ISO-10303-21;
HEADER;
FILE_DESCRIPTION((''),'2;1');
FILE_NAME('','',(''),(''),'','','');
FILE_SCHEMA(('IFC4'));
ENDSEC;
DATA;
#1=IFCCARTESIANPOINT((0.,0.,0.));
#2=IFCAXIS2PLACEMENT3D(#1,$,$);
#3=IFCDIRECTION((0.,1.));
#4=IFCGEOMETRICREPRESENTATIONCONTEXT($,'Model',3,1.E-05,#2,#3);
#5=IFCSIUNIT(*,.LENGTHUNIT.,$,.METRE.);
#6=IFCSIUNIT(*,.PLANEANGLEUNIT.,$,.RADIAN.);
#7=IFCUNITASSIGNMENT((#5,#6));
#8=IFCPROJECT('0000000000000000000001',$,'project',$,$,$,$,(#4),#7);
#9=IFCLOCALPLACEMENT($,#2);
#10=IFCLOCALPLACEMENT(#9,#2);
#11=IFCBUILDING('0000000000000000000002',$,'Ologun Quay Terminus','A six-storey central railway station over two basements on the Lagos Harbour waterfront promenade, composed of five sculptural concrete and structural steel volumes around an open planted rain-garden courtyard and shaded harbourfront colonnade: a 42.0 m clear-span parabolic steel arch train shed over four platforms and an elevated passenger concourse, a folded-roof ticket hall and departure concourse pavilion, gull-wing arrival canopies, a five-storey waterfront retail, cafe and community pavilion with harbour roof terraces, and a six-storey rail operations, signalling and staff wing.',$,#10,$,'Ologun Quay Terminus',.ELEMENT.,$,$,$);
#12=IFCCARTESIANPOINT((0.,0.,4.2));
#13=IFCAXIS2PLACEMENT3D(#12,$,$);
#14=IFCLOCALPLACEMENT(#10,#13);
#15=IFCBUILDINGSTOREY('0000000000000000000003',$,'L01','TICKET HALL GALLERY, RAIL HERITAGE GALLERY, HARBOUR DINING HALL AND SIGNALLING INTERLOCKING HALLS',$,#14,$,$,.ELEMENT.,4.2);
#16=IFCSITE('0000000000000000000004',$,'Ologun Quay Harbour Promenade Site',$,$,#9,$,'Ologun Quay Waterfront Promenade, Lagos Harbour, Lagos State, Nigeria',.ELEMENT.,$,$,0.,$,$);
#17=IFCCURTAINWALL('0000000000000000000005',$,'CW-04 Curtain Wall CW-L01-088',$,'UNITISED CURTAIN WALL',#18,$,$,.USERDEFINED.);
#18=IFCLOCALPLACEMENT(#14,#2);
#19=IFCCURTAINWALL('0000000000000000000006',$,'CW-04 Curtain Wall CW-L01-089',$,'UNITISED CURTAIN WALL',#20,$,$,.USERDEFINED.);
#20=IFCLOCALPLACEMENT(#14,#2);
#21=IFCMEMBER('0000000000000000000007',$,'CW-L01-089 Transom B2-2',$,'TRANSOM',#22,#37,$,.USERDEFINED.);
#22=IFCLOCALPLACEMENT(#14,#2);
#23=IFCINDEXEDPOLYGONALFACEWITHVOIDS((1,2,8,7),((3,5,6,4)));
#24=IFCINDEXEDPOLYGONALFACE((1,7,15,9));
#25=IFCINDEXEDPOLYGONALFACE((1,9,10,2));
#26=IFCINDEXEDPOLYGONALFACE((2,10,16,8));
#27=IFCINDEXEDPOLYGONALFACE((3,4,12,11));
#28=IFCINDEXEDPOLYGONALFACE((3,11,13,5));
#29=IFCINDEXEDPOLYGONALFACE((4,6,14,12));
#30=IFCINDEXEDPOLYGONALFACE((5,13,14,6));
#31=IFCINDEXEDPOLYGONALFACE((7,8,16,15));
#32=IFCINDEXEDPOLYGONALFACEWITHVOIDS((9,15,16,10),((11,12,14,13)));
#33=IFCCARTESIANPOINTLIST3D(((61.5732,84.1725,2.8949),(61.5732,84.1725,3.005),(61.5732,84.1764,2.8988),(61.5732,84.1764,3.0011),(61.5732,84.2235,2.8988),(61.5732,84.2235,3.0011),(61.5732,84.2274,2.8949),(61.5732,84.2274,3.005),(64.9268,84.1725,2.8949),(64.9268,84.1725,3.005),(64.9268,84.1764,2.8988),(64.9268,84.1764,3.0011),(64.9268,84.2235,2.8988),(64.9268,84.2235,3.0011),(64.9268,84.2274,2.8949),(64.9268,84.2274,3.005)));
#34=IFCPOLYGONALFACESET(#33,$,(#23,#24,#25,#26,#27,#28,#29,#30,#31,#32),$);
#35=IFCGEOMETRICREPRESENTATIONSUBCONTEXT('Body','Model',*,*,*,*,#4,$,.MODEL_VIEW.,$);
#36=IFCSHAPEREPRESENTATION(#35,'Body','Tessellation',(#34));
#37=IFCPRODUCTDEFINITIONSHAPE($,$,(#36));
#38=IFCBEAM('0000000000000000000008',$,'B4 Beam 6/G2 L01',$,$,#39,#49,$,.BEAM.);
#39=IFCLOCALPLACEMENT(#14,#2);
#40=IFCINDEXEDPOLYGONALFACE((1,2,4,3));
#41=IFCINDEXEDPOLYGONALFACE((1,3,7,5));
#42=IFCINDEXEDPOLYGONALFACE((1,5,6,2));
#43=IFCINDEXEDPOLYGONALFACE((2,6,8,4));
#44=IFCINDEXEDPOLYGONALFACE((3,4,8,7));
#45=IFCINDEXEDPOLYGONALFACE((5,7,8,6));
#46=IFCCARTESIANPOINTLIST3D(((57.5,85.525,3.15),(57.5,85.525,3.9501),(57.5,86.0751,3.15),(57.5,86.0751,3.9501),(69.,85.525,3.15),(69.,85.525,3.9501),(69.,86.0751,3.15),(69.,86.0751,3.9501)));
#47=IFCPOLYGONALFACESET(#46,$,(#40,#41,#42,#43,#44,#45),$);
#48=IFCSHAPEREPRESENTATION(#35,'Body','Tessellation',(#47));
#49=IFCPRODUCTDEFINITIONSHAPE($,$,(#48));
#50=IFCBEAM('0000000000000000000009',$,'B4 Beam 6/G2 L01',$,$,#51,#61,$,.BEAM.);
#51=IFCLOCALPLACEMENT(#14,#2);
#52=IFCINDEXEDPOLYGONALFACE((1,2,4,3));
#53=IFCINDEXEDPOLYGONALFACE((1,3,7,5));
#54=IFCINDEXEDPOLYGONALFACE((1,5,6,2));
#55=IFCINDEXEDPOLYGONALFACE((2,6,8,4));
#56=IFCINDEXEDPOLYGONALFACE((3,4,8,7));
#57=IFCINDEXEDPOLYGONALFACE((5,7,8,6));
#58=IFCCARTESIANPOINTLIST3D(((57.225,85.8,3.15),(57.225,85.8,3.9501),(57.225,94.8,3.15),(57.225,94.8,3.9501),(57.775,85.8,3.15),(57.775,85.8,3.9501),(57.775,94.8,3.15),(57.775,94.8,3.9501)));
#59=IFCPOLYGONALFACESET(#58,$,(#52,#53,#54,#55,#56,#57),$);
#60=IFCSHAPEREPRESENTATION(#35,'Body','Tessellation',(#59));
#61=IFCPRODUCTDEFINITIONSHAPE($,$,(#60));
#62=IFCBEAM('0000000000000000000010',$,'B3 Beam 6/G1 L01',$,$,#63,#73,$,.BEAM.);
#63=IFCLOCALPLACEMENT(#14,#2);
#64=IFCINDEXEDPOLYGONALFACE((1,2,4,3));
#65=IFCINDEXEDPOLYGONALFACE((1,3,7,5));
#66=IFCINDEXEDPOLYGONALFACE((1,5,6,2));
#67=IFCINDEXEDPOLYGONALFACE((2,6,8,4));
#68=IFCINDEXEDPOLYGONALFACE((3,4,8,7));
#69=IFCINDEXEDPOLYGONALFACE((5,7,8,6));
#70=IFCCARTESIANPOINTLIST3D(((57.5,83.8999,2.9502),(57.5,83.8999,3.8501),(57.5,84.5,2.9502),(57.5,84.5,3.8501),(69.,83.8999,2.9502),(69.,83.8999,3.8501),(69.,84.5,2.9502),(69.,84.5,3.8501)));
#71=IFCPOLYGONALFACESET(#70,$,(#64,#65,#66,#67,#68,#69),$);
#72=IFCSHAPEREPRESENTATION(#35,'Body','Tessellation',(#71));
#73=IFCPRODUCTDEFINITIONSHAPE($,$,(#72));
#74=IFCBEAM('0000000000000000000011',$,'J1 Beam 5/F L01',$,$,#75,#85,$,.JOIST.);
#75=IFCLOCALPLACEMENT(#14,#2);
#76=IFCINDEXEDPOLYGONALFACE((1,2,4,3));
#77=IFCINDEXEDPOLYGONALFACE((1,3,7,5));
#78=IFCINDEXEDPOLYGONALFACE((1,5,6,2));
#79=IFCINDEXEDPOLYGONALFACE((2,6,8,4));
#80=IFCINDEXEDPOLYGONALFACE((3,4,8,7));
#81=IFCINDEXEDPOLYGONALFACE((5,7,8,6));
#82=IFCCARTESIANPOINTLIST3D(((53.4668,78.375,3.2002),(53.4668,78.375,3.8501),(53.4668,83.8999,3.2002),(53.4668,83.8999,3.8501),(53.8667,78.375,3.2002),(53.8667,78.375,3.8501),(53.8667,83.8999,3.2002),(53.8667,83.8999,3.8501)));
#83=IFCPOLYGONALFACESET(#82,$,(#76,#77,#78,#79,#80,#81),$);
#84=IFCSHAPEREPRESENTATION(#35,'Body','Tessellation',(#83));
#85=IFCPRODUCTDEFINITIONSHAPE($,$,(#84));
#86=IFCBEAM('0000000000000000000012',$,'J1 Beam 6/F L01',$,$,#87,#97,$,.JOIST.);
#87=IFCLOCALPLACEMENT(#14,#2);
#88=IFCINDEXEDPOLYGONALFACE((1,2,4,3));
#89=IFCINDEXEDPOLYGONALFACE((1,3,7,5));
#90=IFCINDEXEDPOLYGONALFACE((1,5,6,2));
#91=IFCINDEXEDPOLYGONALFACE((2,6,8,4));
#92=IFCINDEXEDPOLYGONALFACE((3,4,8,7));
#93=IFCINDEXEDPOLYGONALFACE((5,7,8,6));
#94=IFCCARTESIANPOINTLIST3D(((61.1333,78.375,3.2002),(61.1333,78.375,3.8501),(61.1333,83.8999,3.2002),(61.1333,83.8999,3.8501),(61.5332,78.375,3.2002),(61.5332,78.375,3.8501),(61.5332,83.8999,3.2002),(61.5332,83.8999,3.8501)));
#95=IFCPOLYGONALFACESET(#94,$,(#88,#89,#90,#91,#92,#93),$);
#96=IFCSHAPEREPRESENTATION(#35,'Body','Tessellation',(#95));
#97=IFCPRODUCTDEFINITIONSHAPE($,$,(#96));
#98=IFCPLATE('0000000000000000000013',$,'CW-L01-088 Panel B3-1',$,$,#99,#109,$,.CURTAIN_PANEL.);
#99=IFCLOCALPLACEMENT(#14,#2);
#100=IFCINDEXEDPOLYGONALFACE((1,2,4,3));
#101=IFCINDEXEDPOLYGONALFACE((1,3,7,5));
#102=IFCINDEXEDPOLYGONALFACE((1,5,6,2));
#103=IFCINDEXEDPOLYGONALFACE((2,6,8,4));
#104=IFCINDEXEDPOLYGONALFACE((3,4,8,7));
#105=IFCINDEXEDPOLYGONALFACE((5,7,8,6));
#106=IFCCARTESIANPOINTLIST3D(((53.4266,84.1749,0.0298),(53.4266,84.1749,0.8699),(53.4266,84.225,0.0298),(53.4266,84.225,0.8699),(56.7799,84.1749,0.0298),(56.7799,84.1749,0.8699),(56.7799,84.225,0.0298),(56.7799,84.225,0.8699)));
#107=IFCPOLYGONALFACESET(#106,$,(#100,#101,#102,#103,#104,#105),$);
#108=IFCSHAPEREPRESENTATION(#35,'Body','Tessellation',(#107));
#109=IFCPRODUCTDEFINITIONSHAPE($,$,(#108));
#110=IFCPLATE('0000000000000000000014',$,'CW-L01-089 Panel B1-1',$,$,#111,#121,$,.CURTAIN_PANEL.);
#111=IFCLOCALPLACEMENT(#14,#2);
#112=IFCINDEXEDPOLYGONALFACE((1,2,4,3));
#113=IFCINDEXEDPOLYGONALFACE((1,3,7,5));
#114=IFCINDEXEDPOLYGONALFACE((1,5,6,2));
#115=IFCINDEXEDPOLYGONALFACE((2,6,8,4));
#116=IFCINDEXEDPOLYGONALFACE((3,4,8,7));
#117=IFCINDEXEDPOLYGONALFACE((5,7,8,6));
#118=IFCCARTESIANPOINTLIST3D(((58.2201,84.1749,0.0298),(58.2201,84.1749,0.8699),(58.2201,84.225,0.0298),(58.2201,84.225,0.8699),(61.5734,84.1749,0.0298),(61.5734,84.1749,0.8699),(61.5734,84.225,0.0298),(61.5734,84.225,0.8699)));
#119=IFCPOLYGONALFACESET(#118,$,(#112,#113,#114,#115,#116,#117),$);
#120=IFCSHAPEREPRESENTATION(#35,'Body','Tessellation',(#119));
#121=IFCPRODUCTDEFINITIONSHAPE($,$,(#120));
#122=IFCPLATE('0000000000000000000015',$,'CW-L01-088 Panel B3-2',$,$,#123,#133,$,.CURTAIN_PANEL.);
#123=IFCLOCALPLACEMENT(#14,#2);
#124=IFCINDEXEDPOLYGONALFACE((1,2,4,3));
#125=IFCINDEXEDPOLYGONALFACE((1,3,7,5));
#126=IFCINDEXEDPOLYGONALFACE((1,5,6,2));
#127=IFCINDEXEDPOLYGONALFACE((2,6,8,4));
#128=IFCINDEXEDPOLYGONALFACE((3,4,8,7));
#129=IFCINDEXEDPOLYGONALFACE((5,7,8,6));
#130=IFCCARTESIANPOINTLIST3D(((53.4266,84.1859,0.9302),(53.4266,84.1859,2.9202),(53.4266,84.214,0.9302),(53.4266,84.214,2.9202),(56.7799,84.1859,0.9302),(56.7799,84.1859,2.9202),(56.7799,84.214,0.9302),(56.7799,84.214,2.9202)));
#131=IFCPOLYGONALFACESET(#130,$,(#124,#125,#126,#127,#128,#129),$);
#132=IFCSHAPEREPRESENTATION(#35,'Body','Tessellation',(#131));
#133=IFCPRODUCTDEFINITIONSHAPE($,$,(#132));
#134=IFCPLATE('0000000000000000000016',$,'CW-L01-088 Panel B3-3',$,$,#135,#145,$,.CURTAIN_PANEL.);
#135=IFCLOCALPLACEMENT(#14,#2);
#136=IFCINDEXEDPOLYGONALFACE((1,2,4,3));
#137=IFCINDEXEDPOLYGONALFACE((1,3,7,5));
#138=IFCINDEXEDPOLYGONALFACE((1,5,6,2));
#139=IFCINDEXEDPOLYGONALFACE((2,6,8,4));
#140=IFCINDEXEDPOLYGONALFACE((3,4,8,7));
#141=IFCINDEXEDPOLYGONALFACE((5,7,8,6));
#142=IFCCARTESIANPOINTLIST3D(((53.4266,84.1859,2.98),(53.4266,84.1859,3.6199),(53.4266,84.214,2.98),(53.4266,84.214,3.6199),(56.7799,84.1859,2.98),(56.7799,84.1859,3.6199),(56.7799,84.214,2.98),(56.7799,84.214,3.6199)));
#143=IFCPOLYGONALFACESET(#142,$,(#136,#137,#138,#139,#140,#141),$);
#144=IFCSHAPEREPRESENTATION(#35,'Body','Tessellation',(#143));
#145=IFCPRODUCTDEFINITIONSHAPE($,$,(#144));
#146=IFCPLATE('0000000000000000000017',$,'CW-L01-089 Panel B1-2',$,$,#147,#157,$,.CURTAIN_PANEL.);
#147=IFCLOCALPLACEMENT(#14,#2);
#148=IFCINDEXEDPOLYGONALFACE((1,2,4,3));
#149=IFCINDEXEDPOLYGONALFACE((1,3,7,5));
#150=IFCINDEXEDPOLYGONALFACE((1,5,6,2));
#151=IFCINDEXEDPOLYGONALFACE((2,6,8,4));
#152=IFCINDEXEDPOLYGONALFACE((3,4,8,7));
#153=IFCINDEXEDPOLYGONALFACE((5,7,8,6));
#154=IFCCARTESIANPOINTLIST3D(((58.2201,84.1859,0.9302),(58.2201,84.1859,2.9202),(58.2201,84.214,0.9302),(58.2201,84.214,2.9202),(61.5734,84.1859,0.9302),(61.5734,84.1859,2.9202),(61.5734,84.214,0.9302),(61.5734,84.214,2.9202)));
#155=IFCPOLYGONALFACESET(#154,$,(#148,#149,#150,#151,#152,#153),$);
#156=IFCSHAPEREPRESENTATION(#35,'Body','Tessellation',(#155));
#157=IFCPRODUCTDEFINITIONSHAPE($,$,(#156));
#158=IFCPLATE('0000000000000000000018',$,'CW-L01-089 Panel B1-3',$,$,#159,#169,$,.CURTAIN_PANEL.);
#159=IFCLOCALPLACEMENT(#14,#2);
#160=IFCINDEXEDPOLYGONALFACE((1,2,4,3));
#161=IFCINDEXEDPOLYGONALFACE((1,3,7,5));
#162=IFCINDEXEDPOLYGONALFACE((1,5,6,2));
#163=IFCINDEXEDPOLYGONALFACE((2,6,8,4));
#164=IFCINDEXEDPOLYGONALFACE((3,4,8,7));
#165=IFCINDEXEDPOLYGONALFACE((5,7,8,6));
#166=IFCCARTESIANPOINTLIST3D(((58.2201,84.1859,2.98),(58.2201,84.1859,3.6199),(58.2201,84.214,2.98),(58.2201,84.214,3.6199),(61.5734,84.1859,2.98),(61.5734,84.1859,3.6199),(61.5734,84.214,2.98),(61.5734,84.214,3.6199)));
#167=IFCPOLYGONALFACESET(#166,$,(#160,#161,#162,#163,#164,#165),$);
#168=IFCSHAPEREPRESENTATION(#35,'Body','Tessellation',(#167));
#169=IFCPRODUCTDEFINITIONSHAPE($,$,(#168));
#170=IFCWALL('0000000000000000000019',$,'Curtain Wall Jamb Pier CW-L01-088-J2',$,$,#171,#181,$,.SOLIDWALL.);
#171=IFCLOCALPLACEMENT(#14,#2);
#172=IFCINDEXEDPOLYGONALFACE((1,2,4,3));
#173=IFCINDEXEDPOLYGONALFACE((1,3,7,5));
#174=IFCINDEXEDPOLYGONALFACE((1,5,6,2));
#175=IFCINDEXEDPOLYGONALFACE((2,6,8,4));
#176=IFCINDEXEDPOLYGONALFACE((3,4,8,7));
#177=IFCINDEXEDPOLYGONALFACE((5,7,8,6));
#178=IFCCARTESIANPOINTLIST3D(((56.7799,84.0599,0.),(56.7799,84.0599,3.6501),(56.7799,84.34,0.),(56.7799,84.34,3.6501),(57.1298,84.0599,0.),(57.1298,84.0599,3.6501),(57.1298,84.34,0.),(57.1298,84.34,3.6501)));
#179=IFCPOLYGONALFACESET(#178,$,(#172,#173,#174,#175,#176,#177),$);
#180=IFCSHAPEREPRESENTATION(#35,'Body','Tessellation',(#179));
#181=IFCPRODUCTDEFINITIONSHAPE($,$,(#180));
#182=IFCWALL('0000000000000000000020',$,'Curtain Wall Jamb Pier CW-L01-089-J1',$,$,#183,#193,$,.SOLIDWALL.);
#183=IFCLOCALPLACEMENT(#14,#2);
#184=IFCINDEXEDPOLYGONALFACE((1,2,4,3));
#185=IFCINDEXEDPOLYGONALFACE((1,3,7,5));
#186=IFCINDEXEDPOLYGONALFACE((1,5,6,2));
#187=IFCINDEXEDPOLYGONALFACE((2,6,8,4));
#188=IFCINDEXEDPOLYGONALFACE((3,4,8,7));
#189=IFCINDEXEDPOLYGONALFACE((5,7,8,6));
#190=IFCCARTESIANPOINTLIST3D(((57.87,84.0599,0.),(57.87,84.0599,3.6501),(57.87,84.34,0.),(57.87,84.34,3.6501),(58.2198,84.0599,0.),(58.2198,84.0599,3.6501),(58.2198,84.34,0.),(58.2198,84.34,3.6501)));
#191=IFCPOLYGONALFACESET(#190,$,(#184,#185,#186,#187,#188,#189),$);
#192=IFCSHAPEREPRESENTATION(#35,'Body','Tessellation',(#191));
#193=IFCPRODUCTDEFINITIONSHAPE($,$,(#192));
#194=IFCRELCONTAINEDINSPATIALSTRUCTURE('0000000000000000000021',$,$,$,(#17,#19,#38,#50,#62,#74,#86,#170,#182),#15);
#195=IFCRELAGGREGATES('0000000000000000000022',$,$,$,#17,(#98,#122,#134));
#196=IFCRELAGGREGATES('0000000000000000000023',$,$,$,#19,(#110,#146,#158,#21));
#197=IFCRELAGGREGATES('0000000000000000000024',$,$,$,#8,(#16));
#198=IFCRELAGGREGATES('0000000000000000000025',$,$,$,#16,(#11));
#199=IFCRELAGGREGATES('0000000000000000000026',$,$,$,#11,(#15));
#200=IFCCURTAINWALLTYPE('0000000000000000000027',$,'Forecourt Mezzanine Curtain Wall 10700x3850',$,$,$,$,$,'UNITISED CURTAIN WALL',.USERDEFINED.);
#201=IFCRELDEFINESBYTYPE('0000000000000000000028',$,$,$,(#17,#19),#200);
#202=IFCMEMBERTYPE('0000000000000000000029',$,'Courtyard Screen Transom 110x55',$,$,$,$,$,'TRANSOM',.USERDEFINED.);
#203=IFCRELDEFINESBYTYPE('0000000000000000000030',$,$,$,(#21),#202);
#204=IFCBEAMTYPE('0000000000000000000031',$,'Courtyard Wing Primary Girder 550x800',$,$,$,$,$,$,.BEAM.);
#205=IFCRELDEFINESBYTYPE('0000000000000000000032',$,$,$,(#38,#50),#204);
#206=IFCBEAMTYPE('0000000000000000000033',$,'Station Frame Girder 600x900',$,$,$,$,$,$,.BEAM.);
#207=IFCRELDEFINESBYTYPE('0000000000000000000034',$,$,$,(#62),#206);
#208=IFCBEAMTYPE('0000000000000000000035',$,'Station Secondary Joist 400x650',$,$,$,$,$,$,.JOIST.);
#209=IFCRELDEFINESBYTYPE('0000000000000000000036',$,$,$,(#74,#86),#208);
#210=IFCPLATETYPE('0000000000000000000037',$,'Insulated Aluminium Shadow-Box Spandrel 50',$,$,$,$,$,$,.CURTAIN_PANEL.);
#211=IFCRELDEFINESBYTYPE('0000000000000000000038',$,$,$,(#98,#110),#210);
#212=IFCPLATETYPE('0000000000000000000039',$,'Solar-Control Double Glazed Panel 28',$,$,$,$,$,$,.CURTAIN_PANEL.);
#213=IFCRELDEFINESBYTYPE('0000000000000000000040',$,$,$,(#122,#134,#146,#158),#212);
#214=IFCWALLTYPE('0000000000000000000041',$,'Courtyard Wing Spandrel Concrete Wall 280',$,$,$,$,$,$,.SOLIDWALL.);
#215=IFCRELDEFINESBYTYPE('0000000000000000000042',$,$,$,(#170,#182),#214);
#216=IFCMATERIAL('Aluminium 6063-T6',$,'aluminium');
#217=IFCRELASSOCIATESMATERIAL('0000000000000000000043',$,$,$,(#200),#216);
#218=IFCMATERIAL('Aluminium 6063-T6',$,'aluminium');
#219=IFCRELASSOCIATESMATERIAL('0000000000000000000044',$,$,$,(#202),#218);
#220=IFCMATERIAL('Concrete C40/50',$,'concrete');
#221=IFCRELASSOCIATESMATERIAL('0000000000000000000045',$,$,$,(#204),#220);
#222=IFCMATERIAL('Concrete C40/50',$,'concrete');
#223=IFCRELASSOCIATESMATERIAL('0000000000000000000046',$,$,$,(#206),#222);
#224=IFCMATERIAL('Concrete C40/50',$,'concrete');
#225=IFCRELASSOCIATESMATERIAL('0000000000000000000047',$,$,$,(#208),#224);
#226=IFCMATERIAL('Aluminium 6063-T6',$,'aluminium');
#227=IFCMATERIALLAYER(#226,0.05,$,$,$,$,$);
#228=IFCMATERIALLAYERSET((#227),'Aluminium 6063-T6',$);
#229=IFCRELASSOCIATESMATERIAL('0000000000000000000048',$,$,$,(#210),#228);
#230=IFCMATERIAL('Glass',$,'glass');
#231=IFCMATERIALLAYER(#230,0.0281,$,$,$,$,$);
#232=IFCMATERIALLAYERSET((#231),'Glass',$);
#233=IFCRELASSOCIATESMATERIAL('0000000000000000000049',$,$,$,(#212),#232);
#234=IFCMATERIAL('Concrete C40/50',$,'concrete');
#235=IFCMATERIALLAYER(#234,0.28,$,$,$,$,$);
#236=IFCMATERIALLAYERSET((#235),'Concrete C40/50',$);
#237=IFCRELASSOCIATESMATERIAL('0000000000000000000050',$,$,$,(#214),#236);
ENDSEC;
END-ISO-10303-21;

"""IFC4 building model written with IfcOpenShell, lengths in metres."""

from ifc_helpers import new_model, si_unit, direction, frame, frame_2d, origin, origin_2d, place, context, subcontext, project, spatial, rectangle, hollow_rectangle, extrude, material, layer, layer_set, material_profile, profile_set, type_object, element, aggregate, save


model = new_model("IFC4")

# Units and contexts
model_context = context("Model", 3, precision=1e-05, world=origin(), true_north=direction((0.0, 1.0)))
body_context = subcontext(model_context, "Body", "Model", "MODEL_VIEW")
ifc_project = project(units=[si_unit("LENGTHUNIT", "METRE"), si_unit("PLANEANGLEUNIT", "RADIAN")], contexts=[model_context])

# Site, building, storey
site_placement = place(None, origin())
site = spatial("IfcSite", under=ifc_project, at=site_placement, Name="Ologun Quay Harbour Promenade Site", LongName="Ologun Quay Waterfront Promenade, Lagos Harbour, Lagos State, Nigeria", CompositionType="ELEMENT", RefElevation=0.0)
building_placement = place(site_placement, origin())
building = spatial("IfcBuilding", under=site, at=building_placement, Name="Ologun Quay Terminus", Description="A six-storey central railway station over two basements on the Lagos Harbour waterfront promenade, composed of five sculptural concrete and structural steel volumes around an open planted rain-garden courtyard and shaded harbourfront colonnade: a 42.0 m clear-span parabolic steel arch train shed over four platforms and an elevated passenger concourse, a folded-roof ticket hall and departure concourse pavilion, gull-wing arrival canopies, a five-storey waterfront retail, cafe and community pavilion with harbour roof terraces, and a six-storey rail operations, signalling and staff wing.", LongName="Ologun Quay Terminus", CompositionType="ELEMENT")
storey_placement = place(building_placement, frame((0.0, 0.0, 4.2)))
storey = spatial("IfcBuildingStorey", under=building, at=storey_placement, Name="L01", Description="TICKET HALL GALLERY, RAIL HERITAGE GALLERY, HARBOUR DINING HALL AND SIGNALLING INTERLOCKING HALLS", CompositionType="ELEMENT", Elevation=4.2)

# Curtain walls
ifc_material_1 = material(Name="Aluminium 6063-T6", Category="aluminium")
curtain_wall_type = type_object("IfcCurtainWallType", Name="Forecourt Mezzanine Curtain Wall 10700x3850", ElementType="UNITISED CURTAIN WALL", PredefinedType="USERDEFINED", material=ifc_material_1)
curtain_wall_1_placement = place(storey_placement, origin())
curtain_wall_1 = element("IfcCurtainWall", 1, at=curtain_wall_1_placement, inside=storey, type_object=curtain_wall_type, Name="CW-04 Curtain Wall CW-L01-088", ObjectType="UNITISED CURTAIN WALL", PredefinedType="USERDEFINED")
curtain_wall_2_placement = place(storey_placement, origin())
curtain_wall_2 = element("IfcCurtainWall", 2, at=curtain_wall_2_placement, inside=storey, type_object=curtain_wall_type, Name="CW-04 Curtain Wall CW-L01-089", ObjectType="UNITISED CURTAIN WALL", PredefinedType="USERDEFINED")

# Member
ifc_material_2 = material(Name="Aluminium 6063-T6", Category="aluminium")
ifc_material_profile_1 = material_profile(ifc_material_2, hollow_rectangle(XDim=0.0549, YDim=0.1101, WallThickness=0.0039, at=origin_2d()), Name="ALU 110x55x4")
ifc_profile_set_1 = profile_set([ifc_material_profile_1], Name="Aluminium 6063-T6")
member_type_1 = type_object("IfcMemberType", Name="Courtyard Screen Transom 110x55", ElementType="TRANSOM", PredefinedType="USERDEFINED", material=ifc_profile_set_1)
member_1_placement = place(storey_placement, frame((61.5732, 84.2, 2.95), z_axis=(1.0, 0.0, 0.0), x_axis=(0.0, 1.0, 0.0)))
member_1 = element("IfcMember", 3, at=member_1_placement, type_object=member_type_1, Name="CW-L01-089 Transom B2-2", ObjectType="TRANSOM", PredefinedType="USERDEFINED", context=body_context, shape_type="SweptSolid", body=[
    extrude(hollow_rectangle(XDim=0.0549, YDim=0.1101, WallThickness=0.0039, at=origin_2d()), origin(), (0.0, 0.0, 1.0), 3.3535),
])

# Beams
ifc_material_3 = material(Name="Concrete C40/50", Category="concrete")
ifc_material_profile_2 = material_profile(ifc_material_3, rectangle(XDim=0.55, YDim=0.8, at=origin_2d()), Name="RC 550x800")
ifc_profile_set_2 = profile_set([ifc_material_profile_2], Name="Concrete C40/50")
beam_type_1 = type_object("IfcBeamType", Name="Courtyard Wing Primary Girder 550x800", PredefinedType="BEAM", material=ifc_profile_set_2)
beam_1_placement = place(storey_placement, frame((57.5, 85.8, 3.55), z_axis=(1.0, 0.0, 0.0), x_axis=(0.0, 1.0, 0.0)))
element("IfcBeam", 4, at=beam_1_placement, inside=storey, type_object=beam_type_1, Name="B4 Beam 6/G2 L01", PredefinedType="BEAM", context=body_context, shape_type="SweptSolid", body=[
    extrude(rectangle(XDim=0.55, YDim=0.8, at=origin_2d()), origin(), (0.0, 0.0, 1.0), 11.5),
])
beam_2_placement = place(storey_placement, frame((57.5, 85.8, 3.55), z_axis=(0.0, 1.0, 0.0), x_axis=(-1.0, 0.0, 0.0)))
element("IfcBeam", 5, at=beam_2_placement, inside=storey, type_object=beam_type_1, Name="B4 Beam 6/G2 L01", PredefinedType="BEAM", context=body_context, shape_type="SweptSolid", body=[
    extrude(rectangle(XDim=0.55, YDim=0.8, at=origin_2d()), origin(), (0.0, 0.0, 1.0), 9.0),
])
ifc_material_4 = material(Name="Concrete C40/50", Category="concrete")
ifc_material_profile_3 = material_profile(ifc_material_4, rectangle(XDim=0.6001, YDim=0.8999, at=origin_2d()), Name="RC 600x900")
ifc_profile_set_3 = profile_set([ifc_material_profile_3], Name="Concrete C40/50")
beam_type_2 = type_object("IfcBeamType", Name="Station Frame Girder 600x900", PredefinedType="BEAM", material=ifc_profile_set_3)
beam_3_placement = place(storey_placement, frame((57.5, 84.2, 3.4001), z_axis=(1.0, 0.0, 0.0), x_axis=(0.0, 1.0, 0.0)))
element("IfcBeam", 6, at=beam_3_placement, inside=storey, type_object=beam_type_2, Name="B3 Beam 6/G1 L01", PredefinedType="BEAM", context=body_context, shape_type="SweptSolid", body=[
    extrude(rectangle(XDim=0.6001, YDim=0.8999, at=origin_2d()), origin(), (0.0, 0.0, 1.0), 11.5),
])
ifc_material_5 = material(Name="Concrete C40/50", Category="concrete")
ifc_material_profile_4 = material_profile(ifc_material_5, rectangle(XDim=0.3999, YDim=0.6499, at=origin_2d()), Name="RC 400x650")
ifc_profile_set_4 = profile_set([ifc_material_profile_4], Name="Concrete C40/50")
beam_type_3 = type_object("IfcBeamType", Name="Station Secondary Joist 400x650", PredefinedType="JOIST", material=ifc_profile_set_4)
for number, where, z_axis, x_axis, name in (
    (7, (53.6667, 78.375, 3.5251), (0.0, 1.0, 0.0), (-1.0, 0.0, 0.0), "J1 Beam 5/F L01"),
    (8, (61.3333, 78.375, 3.5251), (0.0, 1.0, 0.0), (-1.0, 0.0, 0.0), "J1 Beam 6/F L01"),
):
    element("IfcBeam", number, at=place(storey_placement, frame(where, z_axis=z_axis, x_axis=x_axis)), inside=storey, type_object=beam_type_3, Name=name, PredefinedType="JOIST", context=body_context, shape_type="SweptSolid", body=[
        extrude(rectangle(XDim=0.3999, YDim=0.6499, at=origin_2d()), origin(), (0.0, 0.0, 1.0), 5.5249),
    ])

# Plates
ifc_material_6 = material(Name="Aluminium 6063-T6", Category="aluminium")
ifc_layer_1 = layer(ifc_material_6, 0.05)
ifc_layer_set_1 = layer_set([ifc_layer_1], Name="Aluminium 6063-T6")
plate_type_1 = type_object("IfcPlateType", Name="Insulated Aluminium Shadow-Box Spandrel 50", PredefinedType="CURTAIN_PANEL", material=ifc_layer_set_1)
plate_1_placement = place(storey_placement, frame((55.1033, 84.2, 0.0298), z_axis=(0.0, 0.0, 1.0), x_axis=(1.0, 0.0, 0.0)))
plate_1 = element("IfcPlate", 9, at=plate_1_placement, type_object=plate_type_1, Name="CW-L01-088 Panel B3-1", PredefinedType="CURTAIN_PANEL", context=body_context, shape_type="SweptSolid", body=[
    extrude(rectangle(XDim=3.3533, YDim=0.05, at=origin_2d()), origin(), (0.0, 0.0, 1.0), 0.8401),
])
plate_2_placement = place(storey_placement, frame((59.8967, 84.2, 0.0298), z_axis=(0.0, 0.0, 1.0), x_axis=(1.0, 0.0, 0.0)))
plate_2 = element("IfcPlate", 10, at=plate_2_placement, type_object=plate_type_1, Name="CW-L01-089 Panel B1-1", PredefinedType="CURTAIN_PANEL", context=body_context, shape_type="SweptSolid", body=[
    extrude(rectangle(XDim=3.3533, YDim=0.05, at=origin_2d()), origin(), (0.0, 0.0, 1.0), 0.8401),
])
ifc_material_7 = material(Name="Glass", Category="glass")
ifc_layer_2 = layer(ifc_material_7, 0.0281)
ifc_layer_set_2 = layer_set([ifc_layer_2], Name="Glass")
plate_type_2 = type_object("IfcPlateType", Name="Solar-Control Double Glazed Panel 28", PredefinedType="CURTAIN_PANEL", material=ifc_layer_set_2)
plate_3_placement = place(storey_placement, frame((55.1033, 84.2, 0.9302), z_axis=(0.0, 0.0, 1.0), x_axis=(1.0, 0.0, 0.0)))
plate_3 = element("IfcPlate", 11, at=plate_3_placement, type_object=plate_type_2, Name="CW-L01-088 Panel B3-2", PredefinedType="CURTAIN_PANEL", context=body_context, shape_type="SweptSolid", body=[
    extrude(rectangle(XDim=3.3533, YDim=0.0281, at=origin_2d()), origin(), (0.0, 0.0, 1.0), 1.99),
])
plate_4_placement = place(storey_placement, frame((55.1033, 84.2, 2.98), z_axis=(0.0, 0.0, 1.0), x_axis=(1.0, 0.0, 0.0)))
plate_4 = element("IfcPlate", 12, at=plate_4_placement, type_object=plate_type_2, Name="CW-L01-088 Panel B3-3", PredefinedType="CURTAIN_PANEL", context=body_context, shape_type="SweptSolid", body=[
    extrude(rectangle(XDim=3.3533, YDim=0.0281, at=origin_2d()), origin(), (0.0, 0.0, 1.0), 0.6399),
])
aggregate(curtain_wall_1, [plate_1, plate_3, plate_4])
plate_5_placement = place(storey_placement, frame((59.8967, 84.2, 0.9302), z_axis=(0.0, 0.0, 1.0), x_axis=(1.0, 0.0, 0.0)))
plate_5 = element("IfcPlate", 13, at=plate_5_placement, type_object=plate_type_2, Name="CW-L01-089 Panel B1-2", PredefinedType="CURTAIN_PANEL", context=body_context, shape_type="SweptSolid", body=[
    extrude(rectangle(XDim=3.3533, YDim=0.0281, at=origin_2d()), origin(), (0.0, 0.0, 1.0), 1.99),
])
plate_6_placement = place(storey_placement, frame((59.8967, 84.2, 2.98), z_axis=(0.0, 0.0, 1.0), x_axis=(1.0, 0.0, 0.0)))
plate_6 = element("IfcPlate", 14, at=plate_6_placement, type_object=plate_type_2, Name="CW-L01-089 Panel B1-3", PredefinedType="CURTAIN_PANEL", context=body_context, shape_type="SweptSolid", body=[
    extrude(rectangle(XDim=3.3533, YDim=0.0281, at=origin_2d()), origin(), (0.0, 0.0, 1.0), 0.6399),
])
aggregate(curtain_wall_2, [plate_2, plate_5, plate_6, member_1])

# Walls
ifc_material_8 = material(Name="Concrete C40/50", Category="concrete")
ifc_layer_3 = layer(ifc_material_8, 0.28)
ifc_layer_set_3 = layer_set([ifc_layer_3], Name="Concrete C40/50")
wall_type_1 = type_object("IfcWallType", Name="Courtyard Wing Spandrel Concrete Wall 280", PredefinedType="SOLIDWALL", material=ifc_layer_set_3)
for number, where, z_axis, x_axis, name in (
    (15, (56.78, 84.2, 0.0), (0.0, 0.0, 1.0), (1.0, 0.0, 0.0), "Curtain Wall Jamb Pier CW-L01-088-J2"),
    (16, (57.8701, 84.2, 0.0), (0.0, 0.0, 1.0), (1.0, 0.0, 0.0), "Curtain Wall Jamb Pier CW-L01-089-J1"),
):
    element("IfcWall", number, at=place(storey_placement, frame(where, z_axis=z_axis, x_axis=x_axis)), inside=storey, type_object=wall_type_1, Name=name, PredefinedType="SOLIDWALL", context=body_context, shape_type="SweptSolid", body=[
        extrude(rectangle(XDim=0.3499, YDim=0.28, at=frame_2d((0.1748, 0.0))), origin(), (0.0, 0.0, 1.0), 3.6501),
    ])

save(model, "model.ifc")
